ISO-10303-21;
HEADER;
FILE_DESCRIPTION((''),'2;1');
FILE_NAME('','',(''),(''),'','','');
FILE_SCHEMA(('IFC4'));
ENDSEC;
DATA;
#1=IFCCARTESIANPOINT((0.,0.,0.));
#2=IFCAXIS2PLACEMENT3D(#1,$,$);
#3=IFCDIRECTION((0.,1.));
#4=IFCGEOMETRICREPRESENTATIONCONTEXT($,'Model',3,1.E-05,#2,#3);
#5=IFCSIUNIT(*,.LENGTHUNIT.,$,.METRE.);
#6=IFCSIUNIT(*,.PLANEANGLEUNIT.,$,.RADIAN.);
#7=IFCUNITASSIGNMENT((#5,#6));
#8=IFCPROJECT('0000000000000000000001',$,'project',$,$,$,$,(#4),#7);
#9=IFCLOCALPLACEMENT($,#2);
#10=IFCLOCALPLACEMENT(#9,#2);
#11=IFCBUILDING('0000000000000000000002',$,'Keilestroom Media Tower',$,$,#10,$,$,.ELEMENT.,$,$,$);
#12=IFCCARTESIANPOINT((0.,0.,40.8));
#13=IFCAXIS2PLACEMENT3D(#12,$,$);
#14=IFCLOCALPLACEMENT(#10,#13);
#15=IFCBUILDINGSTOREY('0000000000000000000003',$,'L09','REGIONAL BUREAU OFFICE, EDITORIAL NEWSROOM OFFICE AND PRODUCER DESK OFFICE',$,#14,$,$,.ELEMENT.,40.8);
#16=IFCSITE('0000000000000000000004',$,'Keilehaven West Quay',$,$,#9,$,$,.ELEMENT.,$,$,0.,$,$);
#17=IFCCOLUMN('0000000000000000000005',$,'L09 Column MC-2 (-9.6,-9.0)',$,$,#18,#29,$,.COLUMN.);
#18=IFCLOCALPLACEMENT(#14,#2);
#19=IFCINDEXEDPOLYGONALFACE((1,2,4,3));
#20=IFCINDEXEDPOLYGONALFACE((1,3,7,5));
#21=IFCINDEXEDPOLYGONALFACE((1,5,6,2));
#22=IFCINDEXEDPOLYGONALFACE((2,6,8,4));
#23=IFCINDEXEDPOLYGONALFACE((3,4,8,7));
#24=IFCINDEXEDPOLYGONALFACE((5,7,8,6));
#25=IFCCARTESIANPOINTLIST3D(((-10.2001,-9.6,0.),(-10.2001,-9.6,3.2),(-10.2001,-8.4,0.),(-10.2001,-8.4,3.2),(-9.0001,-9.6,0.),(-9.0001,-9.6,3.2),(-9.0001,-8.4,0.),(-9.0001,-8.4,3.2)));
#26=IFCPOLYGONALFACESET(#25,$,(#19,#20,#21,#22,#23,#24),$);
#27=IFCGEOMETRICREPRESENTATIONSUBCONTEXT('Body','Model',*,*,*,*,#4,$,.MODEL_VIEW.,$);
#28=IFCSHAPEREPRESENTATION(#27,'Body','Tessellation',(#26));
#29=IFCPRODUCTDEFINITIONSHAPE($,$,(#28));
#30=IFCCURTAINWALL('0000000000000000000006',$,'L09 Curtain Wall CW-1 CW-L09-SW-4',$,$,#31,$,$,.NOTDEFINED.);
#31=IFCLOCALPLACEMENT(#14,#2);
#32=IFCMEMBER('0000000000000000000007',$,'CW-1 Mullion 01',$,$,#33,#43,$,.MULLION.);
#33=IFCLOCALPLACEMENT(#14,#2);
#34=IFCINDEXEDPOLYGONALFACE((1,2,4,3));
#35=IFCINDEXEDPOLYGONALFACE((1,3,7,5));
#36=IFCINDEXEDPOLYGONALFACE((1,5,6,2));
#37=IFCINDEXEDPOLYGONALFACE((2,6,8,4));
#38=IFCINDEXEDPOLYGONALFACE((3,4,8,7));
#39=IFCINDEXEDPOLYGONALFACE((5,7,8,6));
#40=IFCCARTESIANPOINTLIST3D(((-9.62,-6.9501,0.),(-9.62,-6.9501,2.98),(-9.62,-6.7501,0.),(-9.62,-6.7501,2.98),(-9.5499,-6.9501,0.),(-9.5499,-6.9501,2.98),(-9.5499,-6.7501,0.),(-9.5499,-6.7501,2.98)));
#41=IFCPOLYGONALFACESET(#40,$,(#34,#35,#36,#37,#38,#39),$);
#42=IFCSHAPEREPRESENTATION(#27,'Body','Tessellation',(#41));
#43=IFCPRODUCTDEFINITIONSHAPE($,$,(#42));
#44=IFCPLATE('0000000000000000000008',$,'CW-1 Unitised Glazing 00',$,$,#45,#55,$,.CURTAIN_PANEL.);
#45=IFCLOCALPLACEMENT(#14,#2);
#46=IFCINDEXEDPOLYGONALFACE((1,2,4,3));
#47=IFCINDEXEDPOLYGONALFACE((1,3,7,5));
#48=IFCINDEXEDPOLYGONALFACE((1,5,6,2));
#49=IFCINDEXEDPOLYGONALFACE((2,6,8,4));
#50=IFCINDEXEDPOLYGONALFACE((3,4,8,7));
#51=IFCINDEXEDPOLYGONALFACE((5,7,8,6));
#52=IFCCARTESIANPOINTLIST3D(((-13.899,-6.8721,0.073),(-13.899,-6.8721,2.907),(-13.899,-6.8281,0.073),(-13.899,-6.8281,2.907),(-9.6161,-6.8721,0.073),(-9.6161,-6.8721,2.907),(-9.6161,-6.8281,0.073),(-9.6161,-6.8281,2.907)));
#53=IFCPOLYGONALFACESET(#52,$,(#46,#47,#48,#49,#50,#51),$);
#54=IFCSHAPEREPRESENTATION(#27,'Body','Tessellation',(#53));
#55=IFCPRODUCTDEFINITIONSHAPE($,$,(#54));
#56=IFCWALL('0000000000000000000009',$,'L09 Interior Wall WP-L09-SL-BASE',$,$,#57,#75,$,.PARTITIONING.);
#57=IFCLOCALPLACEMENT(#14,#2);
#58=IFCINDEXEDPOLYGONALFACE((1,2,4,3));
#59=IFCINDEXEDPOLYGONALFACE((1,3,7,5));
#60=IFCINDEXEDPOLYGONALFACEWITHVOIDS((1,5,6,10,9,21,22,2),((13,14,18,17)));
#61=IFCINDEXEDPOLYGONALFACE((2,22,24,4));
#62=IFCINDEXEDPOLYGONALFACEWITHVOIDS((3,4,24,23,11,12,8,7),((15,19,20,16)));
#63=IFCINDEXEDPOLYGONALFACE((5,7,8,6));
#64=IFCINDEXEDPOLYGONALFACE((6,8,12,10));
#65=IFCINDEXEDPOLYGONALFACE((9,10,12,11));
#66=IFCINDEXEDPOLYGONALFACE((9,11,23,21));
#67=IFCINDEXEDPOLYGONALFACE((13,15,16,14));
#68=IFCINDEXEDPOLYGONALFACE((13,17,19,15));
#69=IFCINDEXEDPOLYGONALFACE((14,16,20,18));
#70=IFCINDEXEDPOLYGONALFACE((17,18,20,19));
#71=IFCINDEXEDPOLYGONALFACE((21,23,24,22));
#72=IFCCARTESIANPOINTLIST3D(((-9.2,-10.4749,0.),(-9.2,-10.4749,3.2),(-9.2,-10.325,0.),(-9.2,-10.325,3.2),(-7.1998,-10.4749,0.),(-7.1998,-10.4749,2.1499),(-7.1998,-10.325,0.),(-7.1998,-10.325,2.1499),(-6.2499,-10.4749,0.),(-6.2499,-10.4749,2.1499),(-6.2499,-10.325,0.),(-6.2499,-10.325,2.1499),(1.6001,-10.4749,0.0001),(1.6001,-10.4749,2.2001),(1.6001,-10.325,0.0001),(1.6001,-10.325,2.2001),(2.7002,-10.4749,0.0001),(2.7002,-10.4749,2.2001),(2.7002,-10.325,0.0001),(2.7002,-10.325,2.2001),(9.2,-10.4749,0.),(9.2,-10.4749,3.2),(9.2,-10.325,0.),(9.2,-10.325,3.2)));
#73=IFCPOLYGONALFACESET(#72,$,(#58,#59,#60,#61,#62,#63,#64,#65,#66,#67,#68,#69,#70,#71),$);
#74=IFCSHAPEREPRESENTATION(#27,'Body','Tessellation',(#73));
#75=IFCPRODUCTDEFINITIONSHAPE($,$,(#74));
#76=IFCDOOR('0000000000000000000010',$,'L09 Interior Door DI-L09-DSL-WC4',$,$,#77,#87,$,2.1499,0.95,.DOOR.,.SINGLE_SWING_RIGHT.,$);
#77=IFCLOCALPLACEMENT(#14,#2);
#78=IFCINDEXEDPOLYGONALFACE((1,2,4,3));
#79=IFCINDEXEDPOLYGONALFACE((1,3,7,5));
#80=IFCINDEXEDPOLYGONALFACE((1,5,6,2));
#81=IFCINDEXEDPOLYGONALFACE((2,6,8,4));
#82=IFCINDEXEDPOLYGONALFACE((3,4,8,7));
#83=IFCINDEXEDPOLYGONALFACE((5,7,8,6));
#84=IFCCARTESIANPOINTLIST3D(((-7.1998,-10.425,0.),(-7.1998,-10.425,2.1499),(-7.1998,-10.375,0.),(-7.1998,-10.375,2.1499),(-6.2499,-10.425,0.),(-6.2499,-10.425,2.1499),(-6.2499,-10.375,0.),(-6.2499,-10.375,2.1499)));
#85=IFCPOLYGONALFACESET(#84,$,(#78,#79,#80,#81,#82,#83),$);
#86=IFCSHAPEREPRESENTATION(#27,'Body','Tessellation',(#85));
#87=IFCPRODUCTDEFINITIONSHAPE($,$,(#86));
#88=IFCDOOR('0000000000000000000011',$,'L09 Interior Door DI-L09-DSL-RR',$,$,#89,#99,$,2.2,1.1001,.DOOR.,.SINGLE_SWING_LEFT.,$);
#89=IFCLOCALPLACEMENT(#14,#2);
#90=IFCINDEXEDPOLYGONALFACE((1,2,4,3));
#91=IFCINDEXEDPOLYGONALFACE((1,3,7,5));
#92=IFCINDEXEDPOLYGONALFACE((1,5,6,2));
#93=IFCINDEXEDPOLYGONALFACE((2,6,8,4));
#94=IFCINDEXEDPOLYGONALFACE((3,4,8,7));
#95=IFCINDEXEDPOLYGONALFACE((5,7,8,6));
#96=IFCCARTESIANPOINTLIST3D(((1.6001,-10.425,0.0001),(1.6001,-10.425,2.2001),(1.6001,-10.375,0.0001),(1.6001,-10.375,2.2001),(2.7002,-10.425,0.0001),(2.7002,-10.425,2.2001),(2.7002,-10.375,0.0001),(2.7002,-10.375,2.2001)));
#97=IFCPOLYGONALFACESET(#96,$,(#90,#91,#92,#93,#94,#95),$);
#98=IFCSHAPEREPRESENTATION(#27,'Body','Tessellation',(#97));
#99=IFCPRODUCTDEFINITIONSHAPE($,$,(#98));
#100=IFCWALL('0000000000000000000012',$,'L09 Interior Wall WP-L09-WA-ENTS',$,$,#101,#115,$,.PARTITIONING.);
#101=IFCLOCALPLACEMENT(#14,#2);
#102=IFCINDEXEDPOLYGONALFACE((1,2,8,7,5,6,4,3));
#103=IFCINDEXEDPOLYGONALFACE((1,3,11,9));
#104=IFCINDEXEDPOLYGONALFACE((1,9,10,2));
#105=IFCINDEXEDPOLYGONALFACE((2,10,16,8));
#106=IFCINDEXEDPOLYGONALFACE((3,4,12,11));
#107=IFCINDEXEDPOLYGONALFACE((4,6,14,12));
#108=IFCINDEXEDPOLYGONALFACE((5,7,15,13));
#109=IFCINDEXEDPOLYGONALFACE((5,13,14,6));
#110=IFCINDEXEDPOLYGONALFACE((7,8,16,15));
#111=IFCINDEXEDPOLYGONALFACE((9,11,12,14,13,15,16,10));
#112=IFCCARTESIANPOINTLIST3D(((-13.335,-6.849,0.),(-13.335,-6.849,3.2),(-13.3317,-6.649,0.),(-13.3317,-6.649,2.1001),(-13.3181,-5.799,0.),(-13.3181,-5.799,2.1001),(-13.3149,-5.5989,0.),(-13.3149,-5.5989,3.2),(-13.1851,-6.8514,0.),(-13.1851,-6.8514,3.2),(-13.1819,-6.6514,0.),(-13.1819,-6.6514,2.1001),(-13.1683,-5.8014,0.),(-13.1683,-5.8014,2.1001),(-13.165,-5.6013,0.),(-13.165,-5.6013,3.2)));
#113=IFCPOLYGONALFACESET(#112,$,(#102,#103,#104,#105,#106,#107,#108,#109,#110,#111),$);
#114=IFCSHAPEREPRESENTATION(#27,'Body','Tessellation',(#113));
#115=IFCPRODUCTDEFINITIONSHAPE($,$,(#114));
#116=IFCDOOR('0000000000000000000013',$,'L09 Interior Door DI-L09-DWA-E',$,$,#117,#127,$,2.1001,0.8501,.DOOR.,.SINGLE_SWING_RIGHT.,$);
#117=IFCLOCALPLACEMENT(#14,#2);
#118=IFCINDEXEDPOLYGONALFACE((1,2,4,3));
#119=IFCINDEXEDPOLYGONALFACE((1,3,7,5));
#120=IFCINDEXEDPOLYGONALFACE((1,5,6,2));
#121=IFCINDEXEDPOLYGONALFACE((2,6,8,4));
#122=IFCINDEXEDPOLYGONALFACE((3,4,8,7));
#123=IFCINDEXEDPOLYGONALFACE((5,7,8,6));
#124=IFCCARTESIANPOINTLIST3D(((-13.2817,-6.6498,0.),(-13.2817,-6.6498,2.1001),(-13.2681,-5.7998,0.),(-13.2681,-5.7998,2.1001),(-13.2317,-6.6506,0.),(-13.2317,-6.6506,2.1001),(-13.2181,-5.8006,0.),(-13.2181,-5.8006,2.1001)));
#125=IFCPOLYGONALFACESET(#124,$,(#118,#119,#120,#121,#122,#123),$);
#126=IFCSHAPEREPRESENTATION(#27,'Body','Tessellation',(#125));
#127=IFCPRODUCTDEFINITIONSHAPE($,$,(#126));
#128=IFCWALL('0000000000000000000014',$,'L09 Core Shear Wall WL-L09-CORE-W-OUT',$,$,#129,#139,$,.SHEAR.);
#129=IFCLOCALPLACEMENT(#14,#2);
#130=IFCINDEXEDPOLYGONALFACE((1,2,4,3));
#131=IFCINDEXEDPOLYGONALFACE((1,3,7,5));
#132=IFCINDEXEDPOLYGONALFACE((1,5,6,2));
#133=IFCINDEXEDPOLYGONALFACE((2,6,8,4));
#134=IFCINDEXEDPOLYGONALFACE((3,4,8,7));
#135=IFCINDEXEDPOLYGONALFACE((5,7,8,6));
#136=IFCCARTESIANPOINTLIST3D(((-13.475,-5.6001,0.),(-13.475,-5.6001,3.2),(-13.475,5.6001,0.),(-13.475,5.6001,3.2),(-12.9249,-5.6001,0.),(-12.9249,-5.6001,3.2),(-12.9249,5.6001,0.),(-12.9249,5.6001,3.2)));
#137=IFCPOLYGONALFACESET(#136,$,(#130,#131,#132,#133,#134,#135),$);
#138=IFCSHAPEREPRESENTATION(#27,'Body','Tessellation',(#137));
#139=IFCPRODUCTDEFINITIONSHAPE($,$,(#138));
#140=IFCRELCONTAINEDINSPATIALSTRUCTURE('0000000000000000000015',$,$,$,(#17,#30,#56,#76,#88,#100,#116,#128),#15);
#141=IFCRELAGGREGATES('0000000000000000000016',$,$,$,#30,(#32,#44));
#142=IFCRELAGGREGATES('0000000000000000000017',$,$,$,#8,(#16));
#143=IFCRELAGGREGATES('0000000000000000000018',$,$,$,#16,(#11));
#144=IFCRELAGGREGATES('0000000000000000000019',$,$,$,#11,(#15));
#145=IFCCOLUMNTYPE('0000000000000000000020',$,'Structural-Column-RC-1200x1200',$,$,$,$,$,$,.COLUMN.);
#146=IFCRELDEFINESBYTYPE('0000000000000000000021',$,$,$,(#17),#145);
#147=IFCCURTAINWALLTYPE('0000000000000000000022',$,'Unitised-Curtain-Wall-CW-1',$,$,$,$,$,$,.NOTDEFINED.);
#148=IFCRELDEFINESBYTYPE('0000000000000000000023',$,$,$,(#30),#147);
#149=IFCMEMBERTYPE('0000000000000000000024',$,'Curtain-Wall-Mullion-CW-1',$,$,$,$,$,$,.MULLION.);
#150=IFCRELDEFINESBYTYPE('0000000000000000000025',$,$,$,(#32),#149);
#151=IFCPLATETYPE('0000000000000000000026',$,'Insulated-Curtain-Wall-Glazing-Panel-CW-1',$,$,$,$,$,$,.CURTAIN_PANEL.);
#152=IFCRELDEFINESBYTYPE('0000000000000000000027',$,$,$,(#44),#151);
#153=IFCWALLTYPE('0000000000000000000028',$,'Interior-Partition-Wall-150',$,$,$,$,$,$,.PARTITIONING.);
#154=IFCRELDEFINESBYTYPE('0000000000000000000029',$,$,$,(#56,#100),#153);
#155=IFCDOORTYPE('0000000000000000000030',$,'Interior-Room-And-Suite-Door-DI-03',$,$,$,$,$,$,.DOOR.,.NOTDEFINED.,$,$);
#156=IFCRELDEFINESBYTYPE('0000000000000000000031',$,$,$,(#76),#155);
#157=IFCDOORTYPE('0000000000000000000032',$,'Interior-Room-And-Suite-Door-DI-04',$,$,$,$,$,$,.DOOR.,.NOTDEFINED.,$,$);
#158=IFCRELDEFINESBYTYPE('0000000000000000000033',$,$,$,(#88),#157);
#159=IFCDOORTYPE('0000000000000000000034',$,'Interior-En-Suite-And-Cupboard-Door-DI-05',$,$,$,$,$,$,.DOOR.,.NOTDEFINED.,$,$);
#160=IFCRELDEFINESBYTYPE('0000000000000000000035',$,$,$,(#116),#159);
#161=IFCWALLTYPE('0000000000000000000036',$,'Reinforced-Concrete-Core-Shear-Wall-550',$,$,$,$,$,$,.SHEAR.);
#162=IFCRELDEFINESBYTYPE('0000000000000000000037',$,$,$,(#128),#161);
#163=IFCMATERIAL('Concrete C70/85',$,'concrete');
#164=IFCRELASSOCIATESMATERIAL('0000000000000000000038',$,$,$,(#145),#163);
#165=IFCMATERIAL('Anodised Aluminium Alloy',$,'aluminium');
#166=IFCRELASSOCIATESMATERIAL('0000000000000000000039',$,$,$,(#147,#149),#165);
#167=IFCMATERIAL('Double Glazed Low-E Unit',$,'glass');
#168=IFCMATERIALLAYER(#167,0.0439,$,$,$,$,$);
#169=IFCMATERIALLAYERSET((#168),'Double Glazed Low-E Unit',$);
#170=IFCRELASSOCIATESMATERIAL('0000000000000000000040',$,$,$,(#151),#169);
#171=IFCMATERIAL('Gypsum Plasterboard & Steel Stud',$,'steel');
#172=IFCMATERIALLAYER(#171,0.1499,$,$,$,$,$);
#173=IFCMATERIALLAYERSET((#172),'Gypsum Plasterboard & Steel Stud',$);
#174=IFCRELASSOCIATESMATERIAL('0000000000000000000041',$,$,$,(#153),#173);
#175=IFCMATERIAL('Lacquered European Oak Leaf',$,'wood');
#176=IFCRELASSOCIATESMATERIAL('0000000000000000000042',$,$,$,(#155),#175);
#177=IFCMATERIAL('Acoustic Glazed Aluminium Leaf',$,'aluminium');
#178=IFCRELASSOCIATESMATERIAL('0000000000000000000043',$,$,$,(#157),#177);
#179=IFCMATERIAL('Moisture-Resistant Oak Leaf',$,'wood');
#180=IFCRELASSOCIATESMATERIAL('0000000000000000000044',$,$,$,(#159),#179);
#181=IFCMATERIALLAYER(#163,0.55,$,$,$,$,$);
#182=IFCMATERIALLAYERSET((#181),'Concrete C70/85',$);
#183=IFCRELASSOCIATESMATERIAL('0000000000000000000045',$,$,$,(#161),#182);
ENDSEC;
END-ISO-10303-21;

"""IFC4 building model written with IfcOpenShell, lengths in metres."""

from ifc_helpers import new_model, si_unit, direction, frame, frame_2d, origin, origin_2d, place, context, subcontext, project, spatial, rectangle, extrude, source, transform, mapped, material, layer, layer_set, material_profile, profile_set, type_object, element, fill, aggregate, save


model = new_model("IFC4")

# Units and contexts
model_context = context("Model", 3, precision=1e-05, world=origin(), true_north=direction((0.0, 1.0)))
body_context = subcontext(model_context, "Body", "Model", "MODEL_VIEW")
ifc_project = project(units=[si_unit("LENGTHUNIT", "METRE"), si_unit("PLANEANGLEUNIT", "RADIAN")], contexts=[model_context])

# Site, building, storey
site_placement = place(None, origin())
site = spatial("IfcSite", under=ifc_project, at=site_placement, Name="Keilehaven West Quay", CompositionType="ELEMENT", RefElevation=0.0)
building_placement = place(site_placement, origin())
building = spatial("IfcBuilding", under=site, at=building_placement, Name="Keilestroom Media Tower", CompositionType="ELEMENT")
storey_placement = place(building_placement, frame((0.0, 0.0, 40.8)))
storey = spatial("IfcBuildingStorey", under=building, at=storey_placement, Name="L09", Description="REGIONAL BUREAU OFFICE, EDITORIAL NEWSROOM OFFICE AND PRODUCER DESK OFFICE", CompositionType="ELEMENT", Elevation=40.8)

# Column
ifc_material_1 = material(Name="Concrete C70/85", Category="concrete")
ifc_material_profile_1 = material_profile(ifc_material_1, rectangle(XDim=1.2, YDim=1.2, at=origin_2d()), Name="RC 1200x1200")
ifc_profile_set_1 = profile_set([ifc_material_profile_1], Name="Concrete C70/85")
column_type = type_object("IfcColumnType", Name="Structural-Column-RC-1200x1200", PredefinedType="COLUMN", material=ifc_profile_set_1)
shared_shape_1 = source(origin(), body_context, "Body", "SweptSolid", [
    extrude(rectangle(XDim=1.2, YDim=1.2, at=origin_2d()), origin(), (0.0, 0.0, 1.0), 3.2),
])
column_placement = place(storey_placement, frame((-9.6001, -9.0, 0.0), z_axis=(0.0, 0.0, 1.0), x_axis=(1.0, 0.0, 0.0)))
element("IfcColumn", 1, at=column_placement, inside=storey, type_object=column_type, Name="L09 Column MC-2 (-9.6,-9.0)", PredefinedType="COLUMN", context=body_context, shape_type="MappedRepresentation", body=[
    mapped(shared_shape_1, transform((0.0, 0.0, 0.0), x_axis=(1.0, 0.0, 0.0), y_axis=(0.0, 1.0, 0.0), z_axis=(0.0, 0.0, 1.0), scale=1.0)),
])

# Curtain wall, member, plate
ifc_material_2 = material(Name="Anodised Aluminium Alloy", Category="aluminium")
curtain_wall_type = type_object("IfcCurtainWallType", Name="Unitised-Curtain-Wall-CW-1", PredefinedType="NOTDEFINED", material=ifc_material_2)
curtain_wall_placement = place(storey_placement, origin())
curtain_wall = element("IfcCurtainWall", 2, at=curtain_wall_placement, inside=storey, type_object=curtain_wall_type, Name="L09 Curtain Wall CW-1 CW-L09-SW-4", PredefinedType="NOTDEFINED")
ifc_material_profile_2 = material_profile(ifc_material_2, rectangle(XDim=0.0701, YDim=0.2, at=origin_2d()), Name="ALU MULLION 70x200")
ifc_profile_set_2 = profile_set([ifc_material_profile_2], Name="Anodised Aluminium Alloy")
member_type = type_object("IfcMemberType", Name="Curtain-Wall-Mullion-CW-1", PredefinedType="MULLION", material=ifc_profile_set_2)
shared_shape_2 = source(origin(), body_context, "Body", "SweptSolid", [
    extrude(rectangle(XDim=0.0701, YDim=0.2, at=origin_2d()), origin(), (0.0, 0.0, 1.0), 2.98),
])
member_placement = place(storey_placement, frame((-9.585, -6.8501, 0.0), z_axis=(0.0, 0.0, 1.0), x_axis=(1.0, 0.0, 0.0)))
member = element("IfcMember", 3, at=member_placement, type_object=member_type, Name="CW-1 Mullion 01", PredefinedType="MULLION", context=body_context, shape_type="MappedRepresentation", body=[
    mapped(shared_shape_2, transform((0.0, 0.0, 0.0), x_axis=(1.0, 0.0, 0.0), y_axis=(0.0, 1.0, 0.0), z_axis=(0.0, 0.0, 1.0), scale=1.0)),
])
ifc_material_3 = material(Name="Double Glazed Low-E Unit", Category="glass")
ifc_layer_1 = layer(ifc_material_3, 0.0439)
ifc_layer_set_1 = layer_set([ifc_layer_1], Name="Double Glazed Low-E Unit")
plate_type = type_object("IfcPlateType", Name="Insulated-Curtain-Wall-Glazing-Panel-CW-1", PredefinedType="CURTAIN_PANEL", material=ifc_layer_set_1)
shared_shape_3 = source(origin(), body_context, "Body", "SweptSolid", [
    extrude(rectangle(XDim=4.283, YDim=0.0439, at=origin_2d()), origin(), (0.0, 0.0, 1.0), 2.834),
])
plate_placement = place(storey_placement, frame((-11.7576, -6.8501, 0.073), z_axis=(0.0, 0.0, 1.0), x_axis=(1.0, 0.0, 0.0)))
plate = element("IfcPlate", 4, at=plate_placement, type_object=plate_type, Name="CW-1 Unitised Glazing 00", PredefinedType="CURTAIN_PANEL", context=body_context, shape_type="MappedRepresentation", body=[
    mapped(shared_shape_3, transform((0.0, 0.0, 0.0), x_axis=(1.0, 0.0, 0.0), y_axis=(0.0, 1.0, 0.0), z_axis=(0.0, 0.0, 1.0), scale=1.0)),
])
aggregate(curtain_wall, [member, plate])

# Wall, openings, doors
ifc_material_4 = material(Name="Gypsum Plasterboard & Steel Stud", Category="steel")
ifc_layer_2 = layer(ifc_material_4, 0.1499)
ifc_layer_set_2 = layer_set([ifc_layer_2], Name="Gypsum Plasterboard & Steel Stud")
wall_type_1 = type_object("IfcWallType", Name="Interior-Partition-Wall-150", PredefinedType="PARTITIONING", material=ifc_layer_set_2)
wall_1_placement = place(storey_placement, frame((-9.2, -10.3999, 0.0), z_axis=(0.0, 0.0, 1.0), x_axis=(1.0, 0.0, 0.0)))
wall_1 = element("IfcWall", 5, at=wall_1_placement, inside=storey, type_object=wall_type_1, Name="L09 Interior Wall WP-L09-SL-BASE", PredefinedType="PARTITIONING", context=body_context, shape_type="SweptSolid", body=[
    extrude(rectangle(XDim=18.3999, YDim=0.1499, at=frame_2d((9.2, 0.0))), origin(), (0.0, 0.0, 1.0), 3.2),
])
opening_1_placement = place(wall_1_placement, frame((2.0, 0.0, 0.0)))
opening_1 = element("IfcOpeningElement", 6, at=opening_1_placement, cuts=wall_1, PredefinedType="OPENING", context=body_context, shape_type="SweptSolid", body=[
    extrude(rectangle(XDim=0.95, YDim=2.1499, at=frame_2d((0.4751, 1.075))), frame((0.0, 0.085, 0.0), z_axis=(0.0, -1.0, 0.0), x_axis=(1.0, 0.0, 0.0)), (0.0, 0.0, 1.0), 0.1699),
])
opening_2_placement = place(wall_1_placement, frame((10.8, 0.0, 0.0)))
opening_2 = element("IfcOpeningElement", 7, at=opening_2_placement, cuts=wall_1, PredefinedType="OPENING", context=body_context, shape_type="SweptSolid", body=[
    extrude(rectangle(XDim=1.1001, YDim=2.2, at=frame_2d((0.55, 1.1001))), frame((0.0, 0.085, 0.0), z_axis=(0.0, -1.0, 0.0), x_axis=(1.0, 0.0, 0.0)), (0.0, 0.0, 1.0), 0.1699),
])
ifc_material_5 = material(Name="Lacquered European Oak Leaf", Category="wood")
door_type_1 = type_object("IfcDoorType", Name="Interior-Room-And-Suite-Door-DI-03", OperationType="NOTDEFINED", PredefinedType="DOOR", material=ifc_material_5)
shared_shape_4 = source(origin(), body_context, "Body", "SweptSolid", [
    extrude(rectangle(XDim=0.95, YDim=2.1499, at=frame_2d((0.4751, 1.075))), frame((0.0, 0.0249, 0.0), z_axis=(0.0, -1.0, 0.0), x_axis=(1.0, 0.0, 0.0)), (0.0, 0.0, 1.0), 0.05),
])
door_1_placement = place(opening_1_placement, origin())
door_1 = element("IfcDoor", 8, at=door_1_placement, inside=storey, type_object=door_type_1, Name="L09 Interior Door DI-L09-DSL-WC4", OperationType="SINGLE_SWING_RIGHT", OverallHeight=2.1499, OverallWidth=0.95, PredefinedType="DOOR", context=body_context, shape_type="MappedRepresentation", body=[
    mapped(shared_shape_4, transform((0.0, 0.0, 0.0), x_axis=(1.0, 0.0, 0.0), y_axis=(0.0, 1.0, 0.0), z_axis=(0.0, 0.0, 1.0), scale=1.0)),
])
fill(opening_1, door_1)
ifc_material_6 = material(Name="Acoustic Glazed Aluminium Leaf", Category="aluminium")
door_type_2 = type_object("IfcDoorType", Name="Interior-Room-And-Suite-Door-DI-04", OperationType="NOTDEFINED", PredefinedType="DOOR", material=ifc_material_6)
shared_shape_5 = source(origin(), body_context, "Body", "SweptSolid", [
    extrude(rectangle(XDim=1.1001, YDim=2.2, at=frame_2d((0.55, 1.1001))), frame((0.0, 0.0249, 0.0), z_axis=(0.0, -1.0, 0.0), x_axis=(1.0, 0.0, 0.0)), (0.0, 0.0, 1.0), 0.05),
])
door_2_placement = place(opening_2_placement, origin())
door_2 = element("IfcDoor", 9, at=door_2_placement, inside=storey, type_object=door_type_2, Name="L09 Interior Door DI-L09-DSL-RR", OperationType="SINGLE_SWING_LEFT", OverallHeight=2.2, OverallWidth=1.1001, PredefinedType="DOOR", context=body_context, shape_type="MappedRepresentation", body=[
    mapped(shared_shape_5, transform((0.0, 0.0, 0.0), x_axis=(1.0, 0.0, 0.0), y_axis=(0.0, 1.0, 0.0), z_axis=(0.0, 0.0, 1.0), scale=1.0)),
])
fill(opening_2, door_2)

# Wall, opening, door
wall_2_placement = place(storey_placement, frame((-13.26, -6.8501, 0.0), z_axis=(0.0, 0.0, 1.0), x_axis=(0.016014, 0.999872, 0.0)))
wall_2 = element("IfcWall", 10, at=wall_2_placement, inside=storey, type_object=wall_type_1, Name="L09 Interior Wall WP-L09-WA-ENTS", PredefinedType="PARTITIONING", context=body_context, shape_type="SweptSolid", body=[
    extrude(rectangle(XDim=1.2502, YDim=0.1499, at=frame_2d((0.625, 0.0))), origin(), (0.0, 0.0, 1.0), 3.2),
])
opening_3_placement = place(wall_2_placement, frame((0.2, 0.0, 0.0)))
opening_3 = element("IfcOpeningElement", 11, at=opening_3_placement, cuts=wall_2, PredefinedType="OPENING", context=body_context, shape_type="SweptSolid", body=[
    extrude(rectangle(XDim=0.8501, YDim=2.1001, at=frame_2d((0.425, 1.05))), frame((0.0, 0.085, 0.0), z_axis=(0.0, -1.0, 0.0), x_axis=(1.0, 0.0, 0.0)), (0.0, 0.0, 1.0), 0.1699),
])
ifc_material_7 = material(Name="Moisture-Resistant Oak Leaf", Category="wood")
door_type_3 = type_object("IfcDoorType", Name="Interior-En-Suite-And-Cupboard-Door-DI-05", OperationType="NOTDEFINED", PredefinedType="DOOR", material=ifc_material_7)
shared_shape_6 = source(origin(), body_context, "Body", "SweptSolid", [
    extrude(rectangle(XDim=0.8501, YDim=2.1001, at=frame_2d((0.425, 1.05))), frame((0.0, 0.0249, 0.0), z_axis=(0.0, -1.0, 0.0), x_axis=(1.0, 0.0, 0.0)), (0.0, 0.0, 1.0), 0.05),
])
door_3_placement = place(opening_3_placement, origin())
door_3 = element("IfcDoor", 12, at=door_3_placement, inside=storey, type_object=door_type_3, Name="L09 Interior Door DI-L09-DWA-E", OperationType="SINGLE_SWING_RIGHT", OverallHeight=2.1001, OverallWidth=0.8501, PredefinedType="DOOR", context=body_context, shape_type="MappedRepresentation", body=[
    mapped(shared_shape_6, transform((0.0, 0.0, 0.0), x_axis=(1.0, 0.0, 0.0), y_axis=(0.0, 1.0, 0.0), z_axis=(0.0, 0.0, 1.0), scale=1.0)),
])
fill(opening_3, door_3)

# Wall
ifc_layer_3 = layer(ifc_material_1, 0.55)
ifc_layer_set_3 = layer_set([ifc_layer_3], Name="Concrete C70/85")
wall_type_2 = type_object("IfcWallType", Name="Reinforced-Concrete-Core-Shear-Wall-550", PredefinedType="SHEAR", material=ifc_layer_set_3)
wall_3_placement = place(storey_placement, frame((-13.2, -5.6001, 0.0), z_axis=(0.0, 0.0, 1.0), x_axis=(0.0, 1.0, 0.0)))
element("IfcWall", 13, at=wall_3_placement, inside=storey, type_object=wall_type_2, Name="L09 Core Shear Wall WL-L09-CORE-W-OUT", PredefinedType="SHEAR", context=body_context, shape_type="SweptSolid", body=[
    extrude(rectangle(XDim=11.2002, YDim=0.55, at=frame_2d((5.6001, 0.0))), origin(), (0.0, 0.0, 1.0), 3.2),
])

save(model, "model.ifc")
